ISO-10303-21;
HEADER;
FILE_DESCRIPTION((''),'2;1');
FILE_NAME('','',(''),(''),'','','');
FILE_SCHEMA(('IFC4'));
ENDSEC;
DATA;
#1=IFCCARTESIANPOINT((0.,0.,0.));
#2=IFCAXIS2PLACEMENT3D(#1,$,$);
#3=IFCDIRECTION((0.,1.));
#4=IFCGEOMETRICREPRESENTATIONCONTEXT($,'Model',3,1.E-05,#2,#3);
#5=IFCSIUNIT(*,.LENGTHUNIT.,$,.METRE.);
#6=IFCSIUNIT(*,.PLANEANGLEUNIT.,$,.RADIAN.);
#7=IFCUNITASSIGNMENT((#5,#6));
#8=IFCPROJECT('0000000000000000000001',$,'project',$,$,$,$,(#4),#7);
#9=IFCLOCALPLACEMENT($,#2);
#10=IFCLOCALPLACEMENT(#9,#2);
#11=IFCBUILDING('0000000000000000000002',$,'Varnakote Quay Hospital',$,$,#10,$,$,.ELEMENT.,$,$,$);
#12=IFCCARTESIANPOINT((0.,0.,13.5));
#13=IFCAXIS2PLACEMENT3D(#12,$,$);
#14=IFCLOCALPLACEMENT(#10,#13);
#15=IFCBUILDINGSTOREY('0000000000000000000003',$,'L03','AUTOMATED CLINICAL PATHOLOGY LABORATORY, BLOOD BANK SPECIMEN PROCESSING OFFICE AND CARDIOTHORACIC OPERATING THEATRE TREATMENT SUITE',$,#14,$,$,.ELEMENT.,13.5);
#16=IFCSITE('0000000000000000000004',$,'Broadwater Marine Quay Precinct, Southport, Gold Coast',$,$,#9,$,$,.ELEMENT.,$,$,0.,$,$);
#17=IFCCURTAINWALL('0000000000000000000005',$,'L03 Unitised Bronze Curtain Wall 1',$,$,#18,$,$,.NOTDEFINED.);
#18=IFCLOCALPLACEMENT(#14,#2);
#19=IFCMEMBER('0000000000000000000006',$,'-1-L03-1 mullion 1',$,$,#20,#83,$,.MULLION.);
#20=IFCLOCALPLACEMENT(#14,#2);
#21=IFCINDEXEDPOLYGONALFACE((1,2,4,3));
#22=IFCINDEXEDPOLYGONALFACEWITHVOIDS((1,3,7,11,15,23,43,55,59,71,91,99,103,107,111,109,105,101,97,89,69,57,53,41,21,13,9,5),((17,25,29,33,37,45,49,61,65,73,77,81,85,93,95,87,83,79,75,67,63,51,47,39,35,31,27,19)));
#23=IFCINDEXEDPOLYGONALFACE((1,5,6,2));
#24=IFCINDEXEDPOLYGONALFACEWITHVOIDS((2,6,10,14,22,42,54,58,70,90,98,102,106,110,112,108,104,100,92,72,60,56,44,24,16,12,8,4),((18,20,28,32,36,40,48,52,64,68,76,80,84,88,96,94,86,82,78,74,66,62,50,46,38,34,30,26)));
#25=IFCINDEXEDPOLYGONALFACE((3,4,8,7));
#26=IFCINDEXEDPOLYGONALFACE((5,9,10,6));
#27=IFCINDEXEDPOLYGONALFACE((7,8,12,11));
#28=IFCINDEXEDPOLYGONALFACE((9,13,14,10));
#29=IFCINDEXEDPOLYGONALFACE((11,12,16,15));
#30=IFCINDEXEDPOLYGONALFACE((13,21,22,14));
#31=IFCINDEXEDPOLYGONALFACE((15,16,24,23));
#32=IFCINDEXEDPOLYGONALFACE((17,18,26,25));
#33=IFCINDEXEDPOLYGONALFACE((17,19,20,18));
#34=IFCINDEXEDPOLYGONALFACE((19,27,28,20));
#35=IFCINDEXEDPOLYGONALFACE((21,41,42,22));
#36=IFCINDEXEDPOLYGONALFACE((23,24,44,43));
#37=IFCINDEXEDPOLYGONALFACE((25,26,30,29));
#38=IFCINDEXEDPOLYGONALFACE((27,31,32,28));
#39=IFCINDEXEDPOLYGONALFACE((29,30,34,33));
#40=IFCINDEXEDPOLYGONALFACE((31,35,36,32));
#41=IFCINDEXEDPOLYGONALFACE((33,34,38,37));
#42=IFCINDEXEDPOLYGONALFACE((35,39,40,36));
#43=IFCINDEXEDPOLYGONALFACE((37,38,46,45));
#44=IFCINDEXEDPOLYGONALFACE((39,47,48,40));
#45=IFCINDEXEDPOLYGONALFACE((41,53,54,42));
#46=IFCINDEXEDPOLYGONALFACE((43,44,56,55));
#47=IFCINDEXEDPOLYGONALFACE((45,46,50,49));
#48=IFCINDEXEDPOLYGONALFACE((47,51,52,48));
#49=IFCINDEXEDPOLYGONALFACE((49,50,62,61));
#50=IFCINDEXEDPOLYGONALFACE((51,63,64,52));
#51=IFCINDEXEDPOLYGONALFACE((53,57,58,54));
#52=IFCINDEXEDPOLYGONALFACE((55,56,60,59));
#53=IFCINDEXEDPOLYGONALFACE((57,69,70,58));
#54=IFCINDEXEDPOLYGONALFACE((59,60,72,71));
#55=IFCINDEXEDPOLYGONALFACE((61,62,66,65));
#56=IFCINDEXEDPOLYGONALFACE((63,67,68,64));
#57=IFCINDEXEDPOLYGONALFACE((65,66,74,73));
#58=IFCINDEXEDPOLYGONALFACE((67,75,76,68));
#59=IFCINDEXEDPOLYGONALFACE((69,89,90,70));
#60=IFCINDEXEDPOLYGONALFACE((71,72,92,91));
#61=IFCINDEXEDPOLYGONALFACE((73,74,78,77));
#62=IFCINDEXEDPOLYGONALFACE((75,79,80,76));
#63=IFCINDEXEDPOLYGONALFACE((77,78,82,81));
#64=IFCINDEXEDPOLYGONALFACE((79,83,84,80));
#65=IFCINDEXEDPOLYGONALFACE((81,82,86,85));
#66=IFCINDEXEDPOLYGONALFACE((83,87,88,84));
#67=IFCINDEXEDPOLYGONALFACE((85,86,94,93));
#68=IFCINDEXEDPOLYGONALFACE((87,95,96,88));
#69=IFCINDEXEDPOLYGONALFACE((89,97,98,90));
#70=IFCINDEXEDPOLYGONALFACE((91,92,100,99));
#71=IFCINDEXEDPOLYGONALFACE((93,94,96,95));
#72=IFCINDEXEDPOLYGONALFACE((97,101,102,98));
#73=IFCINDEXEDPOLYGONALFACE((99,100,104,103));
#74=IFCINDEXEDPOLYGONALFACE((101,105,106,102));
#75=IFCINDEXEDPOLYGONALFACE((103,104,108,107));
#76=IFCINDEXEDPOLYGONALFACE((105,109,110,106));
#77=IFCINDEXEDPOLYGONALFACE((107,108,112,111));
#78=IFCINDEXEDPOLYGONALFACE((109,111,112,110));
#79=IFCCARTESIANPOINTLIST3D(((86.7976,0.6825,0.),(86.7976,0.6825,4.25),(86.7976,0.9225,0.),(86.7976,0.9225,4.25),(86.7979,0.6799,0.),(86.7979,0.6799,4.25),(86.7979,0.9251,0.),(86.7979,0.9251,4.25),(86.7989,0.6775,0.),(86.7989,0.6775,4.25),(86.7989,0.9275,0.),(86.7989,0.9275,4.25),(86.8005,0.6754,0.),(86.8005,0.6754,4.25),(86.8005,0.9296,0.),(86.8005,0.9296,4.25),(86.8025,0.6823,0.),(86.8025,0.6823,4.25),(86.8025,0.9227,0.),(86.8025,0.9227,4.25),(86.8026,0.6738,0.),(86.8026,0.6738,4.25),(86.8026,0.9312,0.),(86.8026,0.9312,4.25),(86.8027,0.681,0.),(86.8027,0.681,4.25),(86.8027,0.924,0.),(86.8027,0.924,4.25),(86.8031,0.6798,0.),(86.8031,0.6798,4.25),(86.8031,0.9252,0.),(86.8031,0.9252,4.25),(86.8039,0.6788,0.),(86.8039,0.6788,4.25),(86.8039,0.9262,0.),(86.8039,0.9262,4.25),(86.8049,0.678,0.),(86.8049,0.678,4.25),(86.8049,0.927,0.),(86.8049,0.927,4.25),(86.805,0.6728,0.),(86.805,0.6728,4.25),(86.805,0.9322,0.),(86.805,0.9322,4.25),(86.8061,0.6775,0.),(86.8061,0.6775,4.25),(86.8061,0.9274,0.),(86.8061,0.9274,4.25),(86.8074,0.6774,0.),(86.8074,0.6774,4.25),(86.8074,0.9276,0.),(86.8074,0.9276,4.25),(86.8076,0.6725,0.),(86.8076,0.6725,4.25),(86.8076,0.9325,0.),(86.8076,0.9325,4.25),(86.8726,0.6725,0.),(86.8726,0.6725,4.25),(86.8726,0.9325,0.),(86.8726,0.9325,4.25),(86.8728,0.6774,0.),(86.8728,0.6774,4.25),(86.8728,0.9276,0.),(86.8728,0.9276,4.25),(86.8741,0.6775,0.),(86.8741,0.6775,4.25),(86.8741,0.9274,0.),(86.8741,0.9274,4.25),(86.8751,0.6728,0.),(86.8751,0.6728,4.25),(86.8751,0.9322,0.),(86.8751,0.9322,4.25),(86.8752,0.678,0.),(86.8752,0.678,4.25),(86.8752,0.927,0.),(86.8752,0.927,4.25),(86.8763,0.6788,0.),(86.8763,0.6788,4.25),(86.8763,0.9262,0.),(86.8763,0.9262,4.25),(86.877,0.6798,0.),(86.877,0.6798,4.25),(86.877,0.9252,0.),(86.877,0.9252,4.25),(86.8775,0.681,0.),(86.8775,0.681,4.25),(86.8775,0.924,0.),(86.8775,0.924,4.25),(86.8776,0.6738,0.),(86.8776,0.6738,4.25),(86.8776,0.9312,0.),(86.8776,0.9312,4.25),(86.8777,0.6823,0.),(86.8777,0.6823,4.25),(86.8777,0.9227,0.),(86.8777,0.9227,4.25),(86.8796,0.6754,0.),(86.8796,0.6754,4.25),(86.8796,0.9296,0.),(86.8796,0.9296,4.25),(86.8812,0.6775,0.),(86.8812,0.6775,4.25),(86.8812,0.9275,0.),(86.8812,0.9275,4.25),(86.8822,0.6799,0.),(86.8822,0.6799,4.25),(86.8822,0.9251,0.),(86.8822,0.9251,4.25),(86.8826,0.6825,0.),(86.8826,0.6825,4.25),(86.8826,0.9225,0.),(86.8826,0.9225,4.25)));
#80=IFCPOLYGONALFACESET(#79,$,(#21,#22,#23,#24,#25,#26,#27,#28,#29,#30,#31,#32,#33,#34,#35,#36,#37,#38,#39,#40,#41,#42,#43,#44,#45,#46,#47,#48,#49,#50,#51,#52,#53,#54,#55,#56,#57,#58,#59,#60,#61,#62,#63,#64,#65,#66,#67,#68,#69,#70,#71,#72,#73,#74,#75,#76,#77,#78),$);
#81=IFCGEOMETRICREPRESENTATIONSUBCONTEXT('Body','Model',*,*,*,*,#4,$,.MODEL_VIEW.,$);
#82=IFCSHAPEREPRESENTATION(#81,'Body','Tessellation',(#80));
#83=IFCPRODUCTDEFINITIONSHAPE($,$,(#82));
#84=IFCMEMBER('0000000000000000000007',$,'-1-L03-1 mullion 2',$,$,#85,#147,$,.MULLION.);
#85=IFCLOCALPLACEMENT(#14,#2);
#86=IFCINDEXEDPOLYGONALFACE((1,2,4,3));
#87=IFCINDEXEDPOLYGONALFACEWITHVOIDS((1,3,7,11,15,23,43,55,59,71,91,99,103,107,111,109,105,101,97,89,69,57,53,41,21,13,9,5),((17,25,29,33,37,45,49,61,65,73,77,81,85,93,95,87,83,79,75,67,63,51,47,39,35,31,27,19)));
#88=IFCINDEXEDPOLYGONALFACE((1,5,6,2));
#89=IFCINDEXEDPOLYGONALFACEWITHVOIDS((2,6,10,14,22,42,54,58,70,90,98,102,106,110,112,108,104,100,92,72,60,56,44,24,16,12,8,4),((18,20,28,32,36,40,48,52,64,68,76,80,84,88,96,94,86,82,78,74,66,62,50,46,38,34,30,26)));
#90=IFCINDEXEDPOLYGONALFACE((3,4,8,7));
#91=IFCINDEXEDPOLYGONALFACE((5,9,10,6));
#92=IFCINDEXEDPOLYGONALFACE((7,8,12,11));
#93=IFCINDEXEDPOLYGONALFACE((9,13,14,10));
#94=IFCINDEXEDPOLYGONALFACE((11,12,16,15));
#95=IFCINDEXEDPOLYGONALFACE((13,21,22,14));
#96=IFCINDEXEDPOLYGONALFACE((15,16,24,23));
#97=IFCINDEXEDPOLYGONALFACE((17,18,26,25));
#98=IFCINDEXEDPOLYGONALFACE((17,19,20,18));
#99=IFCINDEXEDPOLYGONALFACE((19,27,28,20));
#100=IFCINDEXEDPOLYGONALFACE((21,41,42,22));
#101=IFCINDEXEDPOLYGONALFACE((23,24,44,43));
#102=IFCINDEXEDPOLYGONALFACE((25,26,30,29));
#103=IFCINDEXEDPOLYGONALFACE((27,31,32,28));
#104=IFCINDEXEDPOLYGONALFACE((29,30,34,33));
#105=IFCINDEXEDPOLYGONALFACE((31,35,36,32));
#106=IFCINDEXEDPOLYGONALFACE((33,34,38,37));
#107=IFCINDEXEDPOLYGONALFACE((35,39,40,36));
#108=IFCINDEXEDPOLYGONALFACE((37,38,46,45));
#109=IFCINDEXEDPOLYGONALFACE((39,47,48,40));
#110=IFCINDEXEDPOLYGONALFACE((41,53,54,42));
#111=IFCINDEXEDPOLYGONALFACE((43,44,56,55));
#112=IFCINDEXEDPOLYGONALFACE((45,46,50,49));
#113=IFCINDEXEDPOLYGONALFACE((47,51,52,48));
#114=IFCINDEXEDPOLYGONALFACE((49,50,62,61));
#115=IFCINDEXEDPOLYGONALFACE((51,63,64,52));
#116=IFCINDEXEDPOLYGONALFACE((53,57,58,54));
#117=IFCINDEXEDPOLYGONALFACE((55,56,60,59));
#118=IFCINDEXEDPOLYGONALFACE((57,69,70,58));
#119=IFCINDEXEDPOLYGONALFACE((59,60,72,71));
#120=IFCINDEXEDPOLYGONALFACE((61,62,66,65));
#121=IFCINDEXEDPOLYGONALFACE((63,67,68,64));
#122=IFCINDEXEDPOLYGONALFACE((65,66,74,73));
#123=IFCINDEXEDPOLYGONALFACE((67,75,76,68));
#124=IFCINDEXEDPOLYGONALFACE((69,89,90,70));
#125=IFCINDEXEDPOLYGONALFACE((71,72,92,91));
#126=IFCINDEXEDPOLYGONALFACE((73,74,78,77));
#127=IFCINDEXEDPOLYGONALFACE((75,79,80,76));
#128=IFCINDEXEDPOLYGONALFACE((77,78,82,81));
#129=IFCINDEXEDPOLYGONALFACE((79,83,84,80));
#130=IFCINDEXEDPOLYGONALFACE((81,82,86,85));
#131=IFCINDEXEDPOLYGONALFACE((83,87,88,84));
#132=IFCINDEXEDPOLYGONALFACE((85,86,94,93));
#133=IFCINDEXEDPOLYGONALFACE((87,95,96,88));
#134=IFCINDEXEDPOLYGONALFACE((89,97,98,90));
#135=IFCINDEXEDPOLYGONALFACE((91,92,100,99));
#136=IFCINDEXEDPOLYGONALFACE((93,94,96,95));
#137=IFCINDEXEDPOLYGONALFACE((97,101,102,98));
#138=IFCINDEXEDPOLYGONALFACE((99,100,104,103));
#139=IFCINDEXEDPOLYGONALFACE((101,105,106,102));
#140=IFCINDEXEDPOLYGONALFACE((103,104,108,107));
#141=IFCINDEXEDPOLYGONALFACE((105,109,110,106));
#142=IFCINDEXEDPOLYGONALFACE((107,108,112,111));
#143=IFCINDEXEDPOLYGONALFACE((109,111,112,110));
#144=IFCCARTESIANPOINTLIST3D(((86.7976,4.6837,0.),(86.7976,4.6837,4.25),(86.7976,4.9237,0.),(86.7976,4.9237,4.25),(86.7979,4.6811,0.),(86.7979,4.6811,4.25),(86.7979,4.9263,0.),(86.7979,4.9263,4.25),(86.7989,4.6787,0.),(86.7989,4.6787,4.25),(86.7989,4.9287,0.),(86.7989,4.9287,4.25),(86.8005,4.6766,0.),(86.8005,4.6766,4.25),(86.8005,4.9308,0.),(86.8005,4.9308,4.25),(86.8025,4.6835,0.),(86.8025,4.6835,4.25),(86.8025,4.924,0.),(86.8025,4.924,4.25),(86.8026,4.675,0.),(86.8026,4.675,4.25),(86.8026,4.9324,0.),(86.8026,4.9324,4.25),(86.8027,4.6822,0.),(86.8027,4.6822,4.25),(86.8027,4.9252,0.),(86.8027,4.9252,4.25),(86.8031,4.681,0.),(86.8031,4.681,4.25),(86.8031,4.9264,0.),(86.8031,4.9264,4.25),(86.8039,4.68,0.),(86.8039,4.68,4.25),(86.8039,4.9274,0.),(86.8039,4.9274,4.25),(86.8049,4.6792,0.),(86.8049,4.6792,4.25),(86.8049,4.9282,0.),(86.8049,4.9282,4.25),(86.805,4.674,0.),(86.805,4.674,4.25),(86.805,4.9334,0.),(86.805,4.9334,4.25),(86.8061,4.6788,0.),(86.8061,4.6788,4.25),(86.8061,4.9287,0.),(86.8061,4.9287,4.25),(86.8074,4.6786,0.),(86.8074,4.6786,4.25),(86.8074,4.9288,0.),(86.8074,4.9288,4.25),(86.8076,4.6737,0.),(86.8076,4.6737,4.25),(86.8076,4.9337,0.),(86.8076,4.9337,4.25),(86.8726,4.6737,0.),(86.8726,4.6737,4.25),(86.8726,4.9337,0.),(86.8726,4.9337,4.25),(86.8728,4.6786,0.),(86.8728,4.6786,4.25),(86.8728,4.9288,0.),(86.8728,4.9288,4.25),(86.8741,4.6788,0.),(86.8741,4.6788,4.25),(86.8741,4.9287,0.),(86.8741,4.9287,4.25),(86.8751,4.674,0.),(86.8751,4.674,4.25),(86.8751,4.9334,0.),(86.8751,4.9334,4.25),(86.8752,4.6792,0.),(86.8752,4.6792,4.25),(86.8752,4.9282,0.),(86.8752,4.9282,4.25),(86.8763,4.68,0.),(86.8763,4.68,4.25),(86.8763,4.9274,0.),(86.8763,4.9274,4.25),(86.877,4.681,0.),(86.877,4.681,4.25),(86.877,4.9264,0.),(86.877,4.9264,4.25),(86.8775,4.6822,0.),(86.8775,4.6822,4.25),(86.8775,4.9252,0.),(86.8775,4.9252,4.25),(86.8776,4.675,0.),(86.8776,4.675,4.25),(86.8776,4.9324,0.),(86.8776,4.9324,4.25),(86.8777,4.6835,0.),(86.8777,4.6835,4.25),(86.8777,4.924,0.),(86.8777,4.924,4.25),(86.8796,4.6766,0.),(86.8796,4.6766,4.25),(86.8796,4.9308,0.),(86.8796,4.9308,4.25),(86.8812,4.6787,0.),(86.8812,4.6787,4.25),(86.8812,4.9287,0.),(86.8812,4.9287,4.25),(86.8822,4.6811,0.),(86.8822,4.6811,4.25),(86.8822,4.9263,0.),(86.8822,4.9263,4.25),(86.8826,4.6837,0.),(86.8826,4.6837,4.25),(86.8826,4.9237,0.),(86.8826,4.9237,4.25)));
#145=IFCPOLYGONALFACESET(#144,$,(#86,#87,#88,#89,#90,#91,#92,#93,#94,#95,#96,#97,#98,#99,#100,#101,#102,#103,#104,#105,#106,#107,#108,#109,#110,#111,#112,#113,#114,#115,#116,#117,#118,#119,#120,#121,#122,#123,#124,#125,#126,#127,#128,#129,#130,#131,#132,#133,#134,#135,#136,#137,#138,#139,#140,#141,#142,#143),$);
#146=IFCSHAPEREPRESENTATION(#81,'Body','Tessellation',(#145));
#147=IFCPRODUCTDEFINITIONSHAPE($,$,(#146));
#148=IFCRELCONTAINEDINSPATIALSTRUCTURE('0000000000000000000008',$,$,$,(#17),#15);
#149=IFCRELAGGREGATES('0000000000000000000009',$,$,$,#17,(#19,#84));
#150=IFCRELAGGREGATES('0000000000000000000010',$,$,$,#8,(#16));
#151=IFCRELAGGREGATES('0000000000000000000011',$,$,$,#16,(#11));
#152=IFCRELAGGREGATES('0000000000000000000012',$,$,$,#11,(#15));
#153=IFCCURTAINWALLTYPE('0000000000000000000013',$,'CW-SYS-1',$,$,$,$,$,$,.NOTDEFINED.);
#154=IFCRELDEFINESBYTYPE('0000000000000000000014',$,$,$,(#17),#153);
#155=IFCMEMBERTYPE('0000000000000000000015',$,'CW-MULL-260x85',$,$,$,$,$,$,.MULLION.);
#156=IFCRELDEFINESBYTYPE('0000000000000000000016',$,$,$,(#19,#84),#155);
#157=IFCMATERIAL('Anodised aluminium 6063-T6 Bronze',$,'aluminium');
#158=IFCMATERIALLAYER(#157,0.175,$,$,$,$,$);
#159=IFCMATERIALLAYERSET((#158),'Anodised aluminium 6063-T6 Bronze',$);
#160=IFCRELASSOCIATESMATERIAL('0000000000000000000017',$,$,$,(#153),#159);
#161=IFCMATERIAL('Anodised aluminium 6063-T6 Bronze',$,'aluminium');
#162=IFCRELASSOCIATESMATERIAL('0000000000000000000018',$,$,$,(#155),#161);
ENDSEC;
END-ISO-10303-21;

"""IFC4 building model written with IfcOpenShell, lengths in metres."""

from ifc_helpers import new_model, si_unit, direction, frame, origin, origin_2d, place, context, subcontext, project, spatial, hollow_rectangle, extrude, material, layer, layer_set, material_profile, profile_set, type_object, element, aggregate, save


model = new_model("IFC4")

# Units and contexts
model_context = context("Model", 3, precision=1e-05, world=origin(), true_north=direction((0.0, 1.0)))
body_context = subcontext(model_context, "Body", "Model", "MODEL_VIEW")
ifc_project = project(units=[si_unit("LENGTHUNIT", "METRE"), si_unit("PLANEANGLEUNIT", "RADIAN")], contexts=[model_context])

# Site, building, storey
site_placement = place(None, origin())
site = spatial("IfcSite", under=ifc_project, at=site_placement, Name="Broadwater Marine Quay Precinct, Southport, Gold Coast", CompositionType="ELEMENT", RefElevation=0.0)
building_placement = place(site_placement, origin())
building = spatial("IfcBuilding", under=site, at=building_placement, Name="Varnakote Quay Hospital", CompositionType="ELEMENT")
storey_placement = place(building_placement, frame((0.0, 0.0, 13.5)))
storey = spatial("IfcBuildingStorey", under=building, at=storey_placement, Name="L03", Description="AUTOMATED CLINICAL PATHOLOGY LABORATORY, BLOOD BANK SPECIMEN PROCESSING OFFICE AND CARDIOTHORACIC OPERATING THEATRE TREATMENT SUITE", CompositionType="ELEMENT", Elevation=13.5)

# Curtain wall, members
ifc_material_1 = material(Name="Anodised aluminium 6063-T6 Bronze", Category="aluminium")
ifc_layer_1 = layer(ifc_material_1, 0.175)
ifc_layer_set_1 = layer_set([ifc_layer_1], Name="Anodised aluminium 6063-T6 Bronze")
curtain_wall_type = type_object("IfcCurtainWallType", Name="CW-SYS-1", PredefinedType="NOTDEFINED", material=ifc_layer_set_1)
curtain_wall_placement = place(storey_placement, origin())
curtain_wall = element("IfcCurtainWall", 1, at=curtain_wall_placement, inside=storey, type_object=curtain_wall_type, Name="L03 Unitised Bronze Curtain Wall 1", PredefinedType="NOTDEFINED")
ifc_material_2 = material(Name="Anodised aluminium 6063-T6 Bronze", Category="aluminium")
ifc_material_profile_1 = material_profile(ifc_material_2, hollow_rectangle(XDim=0.085, YDim=0.26, WallThickness=0.0049, InnerFilletRadius=0.0049, OuterFilletRadius=0.01, at=origin_2d()), Name="CW-MULL-260x85")
ifc_profile_set_1 = profile_set([ifc_material_profile_1], Name="Anodised aluminium 6063-T6 Bronze")
member_type_1 = type_object("IfcMemberType", Name="CW-MULL-260x85", PredefinedType="MULLION", material=ifc_profile_set_1)
member_1_placement = place(storey_placement, frame((86.8401, 0.8025, 0.0), z_axis=(0.0, 0.0, 1.0), x_axis=(-1.0, 0.0, 0.0)))
member_1 = element("IfcMember", 2, at=member_1_placement, type_object=member_type_1, Name="-1-L03-1 mullion 1", PredefinedType="MULLION", context=body_context, shape_type="SweptSolid", body=[
    extrude(hollow_rectangle(XDim=0.085, YDim=0.26, WallThickness=0.0049, InnerFilletRadius=0.0049, OuterFilletRadius=0.01, at=origin_2d()), origin(), (0.0, 0.0, 1.0), 4.25),
])
member_2_placement = place(storey_placement, frame((86.8401, 4.8037, 0.0), z_axis=(0.0, 0.0, 1.0), x_axis=(-1.0, 0.0, 0.0)))
member_2 = element("IfcMember", 3, at=member_2_placement, type_object=member_type_1, Name="-1-L03-1 mullion 2", PredefinedType="MULLION", context=body_context, shape_type="SweptSolid", body=[
    extrude(hollow_rectangle(XDim=0.085, YDim=0.26, WallThickness=0.0049, InnerFilletRadius=0.0049, OuterFilletRadius=0.01, at=origin_2d()), origin(), (0.0, 0.0, 1.0), 4.25),
])
aggregate(curtain_wall, [member_1, member_2])

save(model, "model.ifc")
